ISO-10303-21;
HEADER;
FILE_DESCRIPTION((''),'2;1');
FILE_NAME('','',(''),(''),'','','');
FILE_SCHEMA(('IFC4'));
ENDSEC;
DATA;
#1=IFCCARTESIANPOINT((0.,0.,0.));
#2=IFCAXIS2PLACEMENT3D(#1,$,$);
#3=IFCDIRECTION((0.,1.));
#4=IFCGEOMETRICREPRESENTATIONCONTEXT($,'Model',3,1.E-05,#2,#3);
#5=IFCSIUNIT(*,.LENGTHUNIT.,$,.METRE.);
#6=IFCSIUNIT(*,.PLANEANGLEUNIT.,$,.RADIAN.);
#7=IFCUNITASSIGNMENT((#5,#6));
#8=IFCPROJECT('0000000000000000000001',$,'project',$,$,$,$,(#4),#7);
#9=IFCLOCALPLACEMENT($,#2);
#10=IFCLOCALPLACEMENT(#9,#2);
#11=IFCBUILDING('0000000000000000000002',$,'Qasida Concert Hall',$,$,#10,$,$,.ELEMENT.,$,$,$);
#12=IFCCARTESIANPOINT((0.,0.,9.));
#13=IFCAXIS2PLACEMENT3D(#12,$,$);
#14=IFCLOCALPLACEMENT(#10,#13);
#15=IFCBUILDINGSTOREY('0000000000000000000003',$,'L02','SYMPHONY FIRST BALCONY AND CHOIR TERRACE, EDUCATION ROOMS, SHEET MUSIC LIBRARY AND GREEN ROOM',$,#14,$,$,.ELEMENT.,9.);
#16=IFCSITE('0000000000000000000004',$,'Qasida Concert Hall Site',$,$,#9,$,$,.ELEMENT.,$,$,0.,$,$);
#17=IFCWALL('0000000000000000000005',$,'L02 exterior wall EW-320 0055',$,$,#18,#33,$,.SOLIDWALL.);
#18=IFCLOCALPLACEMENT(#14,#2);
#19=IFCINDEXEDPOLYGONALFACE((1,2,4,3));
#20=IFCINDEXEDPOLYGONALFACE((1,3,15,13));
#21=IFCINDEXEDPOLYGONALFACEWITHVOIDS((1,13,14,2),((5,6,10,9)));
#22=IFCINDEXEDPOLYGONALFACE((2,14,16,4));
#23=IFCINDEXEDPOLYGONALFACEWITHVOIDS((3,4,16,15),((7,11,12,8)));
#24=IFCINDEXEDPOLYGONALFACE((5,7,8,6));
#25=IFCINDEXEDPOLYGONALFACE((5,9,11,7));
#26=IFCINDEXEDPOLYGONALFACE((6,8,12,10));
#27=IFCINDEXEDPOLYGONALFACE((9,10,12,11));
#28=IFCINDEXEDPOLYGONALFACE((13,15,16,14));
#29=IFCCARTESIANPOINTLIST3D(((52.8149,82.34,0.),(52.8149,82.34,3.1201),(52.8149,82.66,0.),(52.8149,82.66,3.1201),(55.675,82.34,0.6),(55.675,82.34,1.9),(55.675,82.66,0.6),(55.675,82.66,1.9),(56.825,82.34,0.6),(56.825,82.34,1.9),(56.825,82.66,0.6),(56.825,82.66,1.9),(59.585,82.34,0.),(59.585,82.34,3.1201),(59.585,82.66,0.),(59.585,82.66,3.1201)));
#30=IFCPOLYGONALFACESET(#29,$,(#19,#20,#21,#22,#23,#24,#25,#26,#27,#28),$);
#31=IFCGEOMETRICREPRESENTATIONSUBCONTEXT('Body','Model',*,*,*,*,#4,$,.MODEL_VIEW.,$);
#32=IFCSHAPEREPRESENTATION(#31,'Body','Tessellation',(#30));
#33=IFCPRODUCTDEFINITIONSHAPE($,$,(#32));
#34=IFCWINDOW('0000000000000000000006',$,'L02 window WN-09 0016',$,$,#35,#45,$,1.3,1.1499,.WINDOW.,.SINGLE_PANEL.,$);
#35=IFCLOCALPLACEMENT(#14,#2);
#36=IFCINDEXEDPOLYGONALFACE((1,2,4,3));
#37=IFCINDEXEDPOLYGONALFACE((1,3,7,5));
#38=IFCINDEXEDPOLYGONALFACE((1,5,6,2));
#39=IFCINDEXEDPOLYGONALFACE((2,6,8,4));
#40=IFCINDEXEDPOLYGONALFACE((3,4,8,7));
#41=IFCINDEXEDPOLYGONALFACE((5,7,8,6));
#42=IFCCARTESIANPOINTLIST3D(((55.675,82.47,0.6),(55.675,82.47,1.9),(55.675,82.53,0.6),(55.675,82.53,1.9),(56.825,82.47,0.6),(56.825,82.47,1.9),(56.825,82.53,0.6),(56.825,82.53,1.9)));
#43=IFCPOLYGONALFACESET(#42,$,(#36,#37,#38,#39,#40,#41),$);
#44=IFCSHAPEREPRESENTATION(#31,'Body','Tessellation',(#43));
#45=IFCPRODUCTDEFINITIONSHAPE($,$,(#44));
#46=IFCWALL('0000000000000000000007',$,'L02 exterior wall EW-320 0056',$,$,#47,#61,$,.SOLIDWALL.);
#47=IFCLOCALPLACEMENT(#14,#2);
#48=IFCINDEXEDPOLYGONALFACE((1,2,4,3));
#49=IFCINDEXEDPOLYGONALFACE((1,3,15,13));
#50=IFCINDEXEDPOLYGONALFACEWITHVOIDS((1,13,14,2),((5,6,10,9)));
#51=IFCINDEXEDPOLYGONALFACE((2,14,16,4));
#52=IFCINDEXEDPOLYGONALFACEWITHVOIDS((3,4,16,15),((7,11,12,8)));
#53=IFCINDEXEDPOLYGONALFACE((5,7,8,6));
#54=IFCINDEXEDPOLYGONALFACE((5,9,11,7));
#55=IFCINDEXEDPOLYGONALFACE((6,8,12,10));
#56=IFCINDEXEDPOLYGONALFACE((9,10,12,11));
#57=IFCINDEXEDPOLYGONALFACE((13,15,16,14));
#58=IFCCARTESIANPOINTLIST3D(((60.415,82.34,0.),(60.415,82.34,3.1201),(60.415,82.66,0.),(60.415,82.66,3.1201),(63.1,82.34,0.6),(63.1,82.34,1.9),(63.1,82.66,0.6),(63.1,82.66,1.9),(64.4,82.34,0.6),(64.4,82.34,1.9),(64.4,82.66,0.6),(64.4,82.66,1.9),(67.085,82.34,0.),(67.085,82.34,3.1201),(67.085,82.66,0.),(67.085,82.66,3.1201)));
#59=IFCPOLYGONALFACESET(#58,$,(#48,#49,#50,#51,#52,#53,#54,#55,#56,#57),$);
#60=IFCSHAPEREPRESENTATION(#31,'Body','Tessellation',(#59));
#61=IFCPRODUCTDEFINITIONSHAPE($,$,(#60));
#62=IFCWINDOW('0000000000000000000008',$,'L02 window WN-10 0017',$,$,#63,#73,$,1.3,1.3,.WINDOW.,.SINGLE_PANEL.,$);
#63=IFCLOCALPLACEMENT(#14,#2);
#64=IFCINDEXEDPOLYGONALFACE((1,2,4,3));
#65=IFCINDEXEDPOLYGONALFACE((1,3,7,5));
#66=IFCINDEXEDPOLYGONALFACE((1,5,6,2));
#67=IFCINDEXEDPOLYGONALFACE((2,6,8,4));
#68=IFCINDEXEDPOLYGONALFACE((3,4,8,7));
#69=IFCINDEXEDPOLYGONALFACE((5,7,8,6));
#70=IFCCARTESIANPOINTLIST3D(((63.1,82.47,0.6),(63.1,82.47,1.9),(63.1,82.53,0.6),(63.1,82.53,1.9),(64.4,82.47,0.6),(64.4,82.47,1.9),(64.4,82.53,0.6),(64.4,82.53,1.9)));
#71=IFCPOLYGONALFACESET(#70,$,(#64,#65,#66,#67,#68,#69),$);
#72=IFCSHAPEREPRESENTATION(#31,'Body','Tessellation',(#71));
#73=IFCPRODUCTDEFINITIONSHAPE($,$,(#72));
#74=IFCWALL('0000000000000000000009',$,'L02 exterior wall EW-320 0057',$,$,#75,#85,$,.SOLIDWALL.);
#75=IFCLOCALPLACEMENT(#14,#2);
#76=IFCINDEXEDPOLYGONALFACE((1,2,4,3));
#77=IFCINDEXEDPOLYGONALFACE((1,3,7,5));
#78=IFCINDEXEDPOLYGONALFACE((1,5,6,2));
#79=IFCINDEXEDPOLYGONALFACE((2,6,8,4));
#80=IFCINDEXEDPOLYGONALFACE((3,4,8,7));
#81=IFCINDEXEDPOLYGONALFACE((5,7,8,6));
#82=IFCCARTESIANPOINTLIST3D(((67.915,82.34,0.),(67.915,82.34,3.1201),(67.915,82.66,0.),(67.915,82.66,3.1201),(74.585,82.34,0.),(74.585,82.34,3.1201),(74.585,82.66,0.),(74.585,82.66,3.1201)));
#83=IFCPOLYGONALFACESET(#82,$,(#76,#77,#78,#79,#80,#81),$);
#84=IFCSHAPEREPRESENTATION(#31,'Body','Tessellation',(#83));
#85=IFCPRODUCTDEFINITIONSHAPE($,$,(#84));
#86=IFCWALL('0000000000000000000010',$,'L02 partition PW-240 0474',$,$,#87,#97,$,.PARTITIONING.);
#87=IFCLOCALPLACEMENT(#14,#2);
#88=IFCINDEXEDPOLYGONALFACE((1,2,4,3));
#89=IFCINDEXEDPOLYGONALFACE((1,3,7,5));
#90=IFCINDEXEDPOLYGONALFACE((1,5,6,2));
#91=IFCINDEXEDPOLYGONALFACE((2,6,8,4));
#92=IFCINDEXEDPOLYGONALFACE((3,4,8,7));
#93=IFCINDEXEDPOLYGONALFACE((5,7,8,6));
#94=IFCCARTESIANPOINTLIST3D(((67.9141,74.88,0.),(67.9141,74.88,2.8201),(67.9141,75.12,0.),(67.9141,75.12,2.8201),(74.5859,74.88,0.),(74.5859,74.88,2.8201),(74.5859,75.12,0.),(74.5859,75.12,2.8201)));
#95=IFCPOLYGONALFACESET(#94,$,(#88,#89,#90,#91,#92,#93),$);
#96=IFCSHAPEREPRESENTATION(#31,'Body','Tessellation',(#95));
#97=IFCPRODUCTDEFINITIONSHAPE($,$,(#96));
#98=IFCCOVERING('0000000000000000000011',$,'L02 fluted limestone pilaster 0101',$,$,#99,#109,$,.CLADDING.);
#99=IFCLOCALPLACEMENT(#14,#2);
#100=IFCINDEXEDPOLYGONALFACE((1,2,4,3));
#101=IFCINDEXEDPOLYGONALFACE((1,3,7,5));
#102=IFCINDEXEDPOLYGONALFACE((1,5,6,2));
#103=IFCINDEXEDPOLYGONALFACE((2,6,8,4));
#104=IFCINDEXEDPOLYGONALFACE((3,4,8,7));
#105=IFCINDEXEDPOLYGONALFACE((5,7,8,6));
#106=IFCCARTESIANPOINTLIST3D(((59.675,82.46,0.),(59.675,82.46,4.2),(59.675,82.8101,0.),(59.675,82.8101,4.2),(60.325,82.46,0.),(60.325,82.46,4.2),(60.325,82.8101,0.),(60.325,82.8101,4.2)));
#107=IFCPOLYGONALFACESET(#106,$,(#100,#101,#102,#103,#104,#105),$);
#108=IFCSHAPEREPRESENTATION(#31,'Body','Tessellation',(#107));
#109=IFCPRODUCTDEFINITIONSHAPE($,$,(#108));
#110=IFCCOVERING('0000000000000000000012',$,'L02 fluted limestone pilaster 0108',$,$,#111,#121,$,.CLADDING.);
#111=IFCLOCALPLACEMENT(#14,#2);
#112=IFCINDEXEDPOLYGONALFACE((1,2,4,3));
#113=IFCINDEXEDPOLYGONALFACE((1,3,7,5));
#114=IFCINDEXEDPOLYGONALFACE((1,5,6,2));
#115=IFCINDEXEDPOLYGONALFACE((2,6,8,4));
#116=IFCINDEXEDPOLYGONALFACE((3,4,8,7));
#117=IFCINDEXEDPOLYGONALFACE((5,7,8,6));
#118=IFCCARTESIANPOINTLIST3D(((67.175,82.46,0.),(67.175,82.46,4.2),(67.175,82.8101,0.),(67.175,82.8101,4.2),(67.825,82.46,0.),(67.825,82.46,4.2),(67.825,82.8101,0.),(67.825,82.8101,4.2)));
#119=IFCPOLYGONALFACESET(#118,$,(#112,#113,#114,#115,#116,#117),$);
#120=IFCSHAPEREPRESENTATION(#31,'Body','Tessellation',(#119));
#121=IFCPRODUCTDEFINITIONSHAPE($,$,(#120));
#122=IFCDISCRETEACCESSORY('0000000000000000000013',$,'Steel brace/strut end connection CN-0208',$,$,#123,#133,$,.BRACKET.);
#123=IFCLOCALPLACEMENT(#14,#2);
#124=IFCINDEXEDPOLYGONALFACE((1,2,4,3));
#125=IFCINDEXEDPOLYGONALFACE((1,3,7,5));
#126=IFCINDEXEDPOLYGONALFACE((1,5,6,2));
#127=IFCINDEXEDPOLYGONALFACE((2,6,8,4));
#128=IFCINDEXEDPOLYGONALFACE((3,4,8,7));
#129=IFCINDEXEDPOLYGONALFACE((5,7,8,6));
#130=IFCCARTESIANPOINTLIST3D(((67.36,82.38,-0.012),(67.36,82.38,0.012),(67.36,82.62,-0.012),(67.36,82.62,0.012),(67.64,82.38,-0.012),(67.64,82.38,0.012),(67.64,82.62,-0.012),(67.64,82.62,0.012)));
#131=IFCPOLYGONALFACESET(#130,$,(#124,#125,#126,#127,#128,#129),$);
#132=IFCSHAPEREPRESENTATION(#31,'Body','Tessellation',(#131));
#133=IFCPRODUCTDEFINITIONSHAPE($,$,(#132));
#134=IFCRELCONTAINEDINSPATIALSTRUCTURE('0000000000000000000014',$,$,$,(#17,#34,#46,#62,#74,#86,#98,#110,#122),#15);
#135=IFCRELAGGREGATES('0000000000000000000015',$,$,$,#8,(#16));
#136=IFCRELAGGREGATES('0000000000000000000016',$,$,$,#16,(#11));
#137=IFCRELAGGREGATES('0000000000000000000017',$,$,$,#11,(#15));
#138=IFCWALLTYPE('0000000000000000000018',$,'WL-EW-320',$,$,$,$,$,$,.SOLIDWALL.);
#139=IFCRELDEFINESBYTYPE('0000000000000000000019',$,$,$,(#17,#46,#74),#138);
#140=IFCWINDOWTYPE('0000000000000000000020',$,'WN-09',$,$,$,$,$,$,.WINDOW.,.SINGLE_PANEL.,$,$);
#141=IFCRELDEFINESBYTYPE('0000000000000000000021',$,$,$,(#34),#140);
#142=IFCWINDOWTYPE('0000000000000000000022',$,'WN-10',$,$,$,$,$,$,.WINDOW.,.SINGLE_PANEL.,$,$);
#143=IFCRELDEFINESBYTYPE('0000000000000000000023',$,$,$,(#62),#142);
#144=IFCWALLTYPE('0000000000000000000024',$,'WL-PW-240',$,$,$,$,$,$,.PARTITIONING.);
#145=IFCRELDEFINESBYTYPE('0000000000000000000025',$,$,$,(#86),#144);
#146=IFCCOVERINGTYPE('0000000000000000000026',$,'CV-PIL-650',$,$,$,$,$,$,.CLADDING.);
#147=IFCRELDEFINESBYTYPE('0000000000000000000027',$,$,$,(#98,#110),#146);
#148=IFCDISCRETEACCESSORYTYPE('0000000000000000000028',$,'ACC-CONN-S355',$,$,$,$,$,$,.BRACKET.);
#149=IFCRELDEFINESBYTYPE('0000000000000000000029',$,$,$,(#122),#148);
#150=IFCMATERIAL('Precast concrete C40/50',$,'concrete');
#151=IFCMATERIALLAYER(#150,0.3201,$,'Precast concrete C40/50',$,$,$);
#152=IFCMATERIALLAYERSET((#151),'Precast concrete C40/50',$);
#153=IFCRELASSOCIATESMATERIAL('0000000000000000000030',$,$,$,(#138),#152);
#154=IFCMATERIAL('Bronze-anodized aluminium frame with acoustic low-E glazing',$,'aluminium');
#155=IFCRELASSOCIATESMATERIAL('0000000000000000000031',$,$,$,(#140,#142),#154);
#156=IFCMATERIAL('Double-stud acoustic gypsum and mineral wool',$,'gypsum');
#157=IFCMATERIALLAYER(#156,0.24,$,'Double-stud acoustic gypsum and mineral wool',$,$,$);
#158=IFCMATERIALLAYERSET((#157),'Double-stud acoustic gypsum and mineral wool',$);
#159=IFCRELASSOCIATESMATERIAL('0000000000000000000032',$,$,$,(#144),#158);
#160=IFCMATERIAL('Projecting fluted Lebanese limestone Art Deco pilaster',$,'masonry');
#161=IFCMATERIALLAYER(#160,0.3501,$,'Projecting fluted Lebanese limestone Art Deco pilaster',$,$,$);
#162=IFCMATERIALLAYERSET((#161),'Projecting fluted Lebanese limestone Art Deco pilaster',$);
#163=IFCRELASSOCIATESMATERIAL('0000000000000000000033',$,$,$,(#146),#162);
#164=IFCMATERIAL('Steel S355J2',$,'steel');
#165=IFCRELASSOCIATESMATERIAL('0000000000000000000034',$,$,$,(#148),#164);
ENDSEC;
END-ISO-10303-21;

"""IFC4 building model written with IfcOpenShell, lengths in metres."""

from ifc_helpers import new_model, si_unit, direction, frame, frame_2d, origin, origin_2d, place, context, subcontext, project, spatial, rectangle, extrude, material, layer, layer_set, type_object, element, fill, save


model = new_model("IFC4")

# Units and contexts
model_context = context("Model", 3, precision=1e-05, world=origin(), true_north=direction((0.0, 1.0)))
body_context = subcontext(model_context, "Body", "Model", "MODEL_VIEW")
ifc_project = project(units=[si_unit("LENGTHUNIT", "METRE"), si_unit("PLANEANGLEUNIT", "RADIAN")], contexts=[model_context])

# Site, building, storey
site_placement = place(None, origin())
site = spatial("IfcSite", under=ifc_project, at=site_placement, Name="Qasida Concert Hall Site", CompositionType="ELEMENT", RefElevation=0.0)
building_placement = place(site_placement, origin())
building = spatial("IfcBuilding", under=site, at=building_placement, Name="Qasida Concert Hall", CompositionType="ELEMENT")
storey_placement = place(building_placement, frame((0.0, 0.0, 9.0)))
storey = spatial("IfcBuildingStorey", under=building, at=storey_placement, Name="L02", Description="SYMPHONY FIRST BALCONY AND CHOIR TERRACE, EDUCATION ROOMS, SHEET MUSIC LIBRARY AND GREEN ROOM", CompositionType="ELEMENT", Elevation=9.0)

# Shared definitions
ifc_material_1 = material(Name="Steel S355J2", Category="steel")

# Walls, openings, windows
ifc_material_2 = material(Name="Precast concrete C40/50", Category="concrete")
ifc_layer_1 = layer(ifc_material_2, 0.3201, Name="Precast concrete C40/50")
ifc_layer_set_1 = layer_set([ifc_layer_1], Name="Precast concrete C40/50")
wall_type_1 = type_object("IfcWallType", Name="WL-EW-320", PredefinedType="SOLIDWALL", material=ifc_layer_set_1)
wall_1_placement = place(storey_placement, frame((52.8149, 82.5, 0.0), z_axis=(0.0, 0.0, 1.0), x_axis=(1.0, 0.0, 0.0)))
wall_1 = element("IfcWall", 1, at=wall_1_placement, inside=storey, type_object=wall_type_1, Name="L02 exterior wall EW-320 0055", PredefinedType="SOLIDWALL", context=body_context, shape_type="SweptSolid", body=[
    extrude(rectangle(XDim=6.77, YDim=0.3201, at=frame_2d((3.385, 0.0))), origin(), (0.0, 0.0, 1.0), 3.1201),
])
opening_1_placement = place(wall_1_placement, frame((2.8601, 0.0, 0.6001)))
opening_1 = element("IfcOpeningElement", 2, at=opening_1_placement, cuts=wall_1, PredefinedType="OPENING", context=body_context, shape_type="SweptSolid", body=[
    extrude(rectangle(XDim=1.1499, YDim=1.3, at=frame_2d((0.575, 0.6499))), frame((0.0, 0.1699, 0.0), z_axis=(0.0, -1.0, 0.0), x_axis=(1.0, 0.0, 0.0)), (0.0, 0.0, 1.0), 0.3401),
])
ifc_material_3 = material(Name="Bronze-anodized aluminium frame with acoustic low-E glazing", Category="aluminium")
window_type_1 = type_object("IfcWindowType", Name="WN-09", PartitioningType="SINGLE_PANEL", PredefinedType="WINDOW", material=ifc_material_3)
window_1_placement = place(opening_1_placement, origin())
window_1 = element("IfcWindow", 3, at=window_1_placement, inside=storey, type_object=window_type_1, Name="L02 window WN-09 0016", OverallHeight=1.3, OverallWidth=1.1499, PartitioningType="SINGLE_PANEL", PredefinedType="WINDOW", context=body_context, shape_type="SweptSolid", body=[
    extrude(rectangle(XDim=1.1499, YDim=1.3, at=frame_2d((0.575, 0.6499))), frame((0.0, 0.03, 0.0), z_axis=(0.0, -1.0, 0.0), x_axis=(1.0, 0.0, 0.0)), (0.0, 0.0, 1.0), 0.0601),
])
fill(opening_1, window_1)
wall_2_placement = place(storey_placement, frame((60.415, 82.5, 0.0), z_axis=(0.0, 0.0, 1.0), x_axis=(1.0, 0.0, 0.0)))
wall_2 = element("IfcWall", 4, at=wall_2_placement, inside=storey, type_object=wall_type_1, Name="L02 exterior wall EW-320 0056", PredefinedType="SOLIDWALL", context=body_context, shape_type="SweptSolid", body=[
    extrude(rectangle(XDim=6.6699, YDim=0.3201, at=frame_2d((3.335, 0.0))), origin(), (0.0, 0.0, 1.0), 3.1201),
])
opening_2_placement = place(wall_2_placement, frame((2.6851, 0.0, 0.6001)))
opening_2 = element("IfcOpeningElement", 5, at=opening_2_placement, cuts=wall_2, PredefinedType="OPENING", context=body_context, shape_type="SweptSolid", body=[
    extrude(rectangle(XDim=1.3, YDim=1.3, at=frame_2d((0.6499, 0.6499))), frame((0.0, 0.1699, 0.0), z_axis=(0.0, -1.0, 0.0), x_axis=(1.0, 0.0, 0.0)), (0.0, 0.0, 1.0), 0.3401),
])
window_type_2 = type_object("IfcWindowType", Name="WN-10", PartitioningType="SINGLE_PANEL", PredefinedType="WINDOW", material=ifc_material_3)
window_2_placement = place(opening_2_placement, origin())
window_2 = element("IfcWindow", 6, at=window_2_placement, inside=storey, type_object=window_type_2, Name="L02 window WN-10 0017", OverallHeight=1.3, OverallWidth=1.3, PartitioningType="SINGLE_PANEL", PredefinedType="WINDOW", context=body_context, shape_type="SweptSolid", body=[
    extrude(rectangle(XDim=1.3, YDim=1.3, at=frame_2d((0.6499, 0.6499))), frame((0.0, 0.03, 0.0), z_axis=(0.0, -1.0, 0.0), x_axis=(1.0, 0.0, 0.0)), (0.0, 0.0, 1.0), 0.0601),
])
fill(opening_2, window_2)

# Wall
wall_3_placement = place(storey_placement, frame((67.915, 82.5, 0.0), z_axis=(0.0, 0.0, 1.0), x_axis=(1.0, 0.0, 0.0)))
element("IfcWall", 7, at=wall_3_placement, inside=storey, type_object=wall_type_1, Name="L02 exterior wall EW-320 0057", PredefinedType="SOLIDWALL", context=body_context, shape_type="SweptSolid", body=[
    extrude(rectangle(XDim=6.6699, YDim=0.3201, at=frame_2d((3.335, 0.0))), origin(), (0.0, 0.0, 1.0), 3.1201),
])

# Wall
ifc_material_4 = material(Name="Double-stud acoustic gypsum and mineral wool", Category="gypsum")
ifc_layer_2 = layer(ifc_material_4, 0.24, Name="Double-stud acoustic gypsum and mineral wool")
ifc_layer_set_2 = layer_set([ifc_layer_2], Name="Double-stud acoustic gypsum and mineral wool")
wall_type_2 = type_object("IfcWallType", Name="WL-PW-240", PredefinedType="PARTITIONING", material=ifc_layer_set_2)
wall_4_placement = place(storey_placement, frame((67.9141, 75.0, 0.0), z_axis=(0.0, 0.0, 1.0), x_axis=(1.0, 0.0, 0.0)))
element("IfcWall", 8, at=wall_4_placement, inside=storey, type_object=wall_type_2, Name="L02 partition PW-240 0474", PredefinedType="PARTITIONING", context=body_context, shape_type="SweptSolid", body=[
    extrude(rectangle(XDim=6.6719, YDim=0.24, at=frame_2d((3.3359, 0.0))), origin(), (0.0, 0.0, 1.0), 2.8201),
])

# Coverings
ifc_material_5 = material(Name="Projecting fluted Lebanese limestone Art Deco pilaster", Category="masonry")
ifc_layer_3 = layer(ifc_material_5, 0.3501, Name="Projecting fluted Lebanese limestone Art Deco pilaster")
ifc_layer_set_3 = layer_set([ifc_layer_3], Name="Projecting fluted Lebanese limestone Art Deco pilaster")
covering_type = type_object("IfcCoveringType", Name="CV-PIL-650", PredefinedType="CLADDING", material=ifc_layer_set_3)
for number, where, z_axis, x_axis, name in (
    (9, (60.0, 82.635, 0.0), (0.0, 0.0, 1.0), (1.0, 0.0, 0.0), "L02 fluted limestone pilaster 0101"),
    (10, (67.5, 82.635, 0.0), (0.0, 0.0, 1.0), (1.0, 0.0, 0.0), "L02 fluted limestone pilaster 0108"),
):
    element("IfcCovering", number, at=place(storey_placement, frame(where, z_axis=z_axis, x_axis=x_axis)), inside=storey, type_object=covering_type, Name=name, PredefinedType="CLADDING", context=body_context, shape_type="SweptSolid", body=[
        extrude(rectangle(XDim=0.6499, YDim=0.3501, at=origin_2d()), origin(), (0.0, 0.0, 1.0), 4.2),
    ])

# Discrete accessory
discrete_accessory_type = type_object("IfcDiscreteAccessoryType", Name="ACC-CONN-S355", PredefinedType="BRACKET", material=ifc_material_1)
discrete_accessory_placement = place(storey_placement, frame((67.5, 82.5, -0.012), z_axis=(0.0, 0.0, 1.0), x_axis=(1.0, 0.0, 0.0)))
element("IfcDiscreteAccessory", 11, at=discrete_accessory_placement, inside=storey, type_object=discrete_accessory_type, Name="Steel brace/strut end connection CN-0208", PredefinedType="BRACKET", context=body_context, shape_type="SweptSolid", body=[
    extrude(rectangle(XDim=0.28, YDim=0.24, at=origin_2d()), origin(), (0.0, 0.0, 1.0), 0.0239),
])

save(model, "model.ifc")
